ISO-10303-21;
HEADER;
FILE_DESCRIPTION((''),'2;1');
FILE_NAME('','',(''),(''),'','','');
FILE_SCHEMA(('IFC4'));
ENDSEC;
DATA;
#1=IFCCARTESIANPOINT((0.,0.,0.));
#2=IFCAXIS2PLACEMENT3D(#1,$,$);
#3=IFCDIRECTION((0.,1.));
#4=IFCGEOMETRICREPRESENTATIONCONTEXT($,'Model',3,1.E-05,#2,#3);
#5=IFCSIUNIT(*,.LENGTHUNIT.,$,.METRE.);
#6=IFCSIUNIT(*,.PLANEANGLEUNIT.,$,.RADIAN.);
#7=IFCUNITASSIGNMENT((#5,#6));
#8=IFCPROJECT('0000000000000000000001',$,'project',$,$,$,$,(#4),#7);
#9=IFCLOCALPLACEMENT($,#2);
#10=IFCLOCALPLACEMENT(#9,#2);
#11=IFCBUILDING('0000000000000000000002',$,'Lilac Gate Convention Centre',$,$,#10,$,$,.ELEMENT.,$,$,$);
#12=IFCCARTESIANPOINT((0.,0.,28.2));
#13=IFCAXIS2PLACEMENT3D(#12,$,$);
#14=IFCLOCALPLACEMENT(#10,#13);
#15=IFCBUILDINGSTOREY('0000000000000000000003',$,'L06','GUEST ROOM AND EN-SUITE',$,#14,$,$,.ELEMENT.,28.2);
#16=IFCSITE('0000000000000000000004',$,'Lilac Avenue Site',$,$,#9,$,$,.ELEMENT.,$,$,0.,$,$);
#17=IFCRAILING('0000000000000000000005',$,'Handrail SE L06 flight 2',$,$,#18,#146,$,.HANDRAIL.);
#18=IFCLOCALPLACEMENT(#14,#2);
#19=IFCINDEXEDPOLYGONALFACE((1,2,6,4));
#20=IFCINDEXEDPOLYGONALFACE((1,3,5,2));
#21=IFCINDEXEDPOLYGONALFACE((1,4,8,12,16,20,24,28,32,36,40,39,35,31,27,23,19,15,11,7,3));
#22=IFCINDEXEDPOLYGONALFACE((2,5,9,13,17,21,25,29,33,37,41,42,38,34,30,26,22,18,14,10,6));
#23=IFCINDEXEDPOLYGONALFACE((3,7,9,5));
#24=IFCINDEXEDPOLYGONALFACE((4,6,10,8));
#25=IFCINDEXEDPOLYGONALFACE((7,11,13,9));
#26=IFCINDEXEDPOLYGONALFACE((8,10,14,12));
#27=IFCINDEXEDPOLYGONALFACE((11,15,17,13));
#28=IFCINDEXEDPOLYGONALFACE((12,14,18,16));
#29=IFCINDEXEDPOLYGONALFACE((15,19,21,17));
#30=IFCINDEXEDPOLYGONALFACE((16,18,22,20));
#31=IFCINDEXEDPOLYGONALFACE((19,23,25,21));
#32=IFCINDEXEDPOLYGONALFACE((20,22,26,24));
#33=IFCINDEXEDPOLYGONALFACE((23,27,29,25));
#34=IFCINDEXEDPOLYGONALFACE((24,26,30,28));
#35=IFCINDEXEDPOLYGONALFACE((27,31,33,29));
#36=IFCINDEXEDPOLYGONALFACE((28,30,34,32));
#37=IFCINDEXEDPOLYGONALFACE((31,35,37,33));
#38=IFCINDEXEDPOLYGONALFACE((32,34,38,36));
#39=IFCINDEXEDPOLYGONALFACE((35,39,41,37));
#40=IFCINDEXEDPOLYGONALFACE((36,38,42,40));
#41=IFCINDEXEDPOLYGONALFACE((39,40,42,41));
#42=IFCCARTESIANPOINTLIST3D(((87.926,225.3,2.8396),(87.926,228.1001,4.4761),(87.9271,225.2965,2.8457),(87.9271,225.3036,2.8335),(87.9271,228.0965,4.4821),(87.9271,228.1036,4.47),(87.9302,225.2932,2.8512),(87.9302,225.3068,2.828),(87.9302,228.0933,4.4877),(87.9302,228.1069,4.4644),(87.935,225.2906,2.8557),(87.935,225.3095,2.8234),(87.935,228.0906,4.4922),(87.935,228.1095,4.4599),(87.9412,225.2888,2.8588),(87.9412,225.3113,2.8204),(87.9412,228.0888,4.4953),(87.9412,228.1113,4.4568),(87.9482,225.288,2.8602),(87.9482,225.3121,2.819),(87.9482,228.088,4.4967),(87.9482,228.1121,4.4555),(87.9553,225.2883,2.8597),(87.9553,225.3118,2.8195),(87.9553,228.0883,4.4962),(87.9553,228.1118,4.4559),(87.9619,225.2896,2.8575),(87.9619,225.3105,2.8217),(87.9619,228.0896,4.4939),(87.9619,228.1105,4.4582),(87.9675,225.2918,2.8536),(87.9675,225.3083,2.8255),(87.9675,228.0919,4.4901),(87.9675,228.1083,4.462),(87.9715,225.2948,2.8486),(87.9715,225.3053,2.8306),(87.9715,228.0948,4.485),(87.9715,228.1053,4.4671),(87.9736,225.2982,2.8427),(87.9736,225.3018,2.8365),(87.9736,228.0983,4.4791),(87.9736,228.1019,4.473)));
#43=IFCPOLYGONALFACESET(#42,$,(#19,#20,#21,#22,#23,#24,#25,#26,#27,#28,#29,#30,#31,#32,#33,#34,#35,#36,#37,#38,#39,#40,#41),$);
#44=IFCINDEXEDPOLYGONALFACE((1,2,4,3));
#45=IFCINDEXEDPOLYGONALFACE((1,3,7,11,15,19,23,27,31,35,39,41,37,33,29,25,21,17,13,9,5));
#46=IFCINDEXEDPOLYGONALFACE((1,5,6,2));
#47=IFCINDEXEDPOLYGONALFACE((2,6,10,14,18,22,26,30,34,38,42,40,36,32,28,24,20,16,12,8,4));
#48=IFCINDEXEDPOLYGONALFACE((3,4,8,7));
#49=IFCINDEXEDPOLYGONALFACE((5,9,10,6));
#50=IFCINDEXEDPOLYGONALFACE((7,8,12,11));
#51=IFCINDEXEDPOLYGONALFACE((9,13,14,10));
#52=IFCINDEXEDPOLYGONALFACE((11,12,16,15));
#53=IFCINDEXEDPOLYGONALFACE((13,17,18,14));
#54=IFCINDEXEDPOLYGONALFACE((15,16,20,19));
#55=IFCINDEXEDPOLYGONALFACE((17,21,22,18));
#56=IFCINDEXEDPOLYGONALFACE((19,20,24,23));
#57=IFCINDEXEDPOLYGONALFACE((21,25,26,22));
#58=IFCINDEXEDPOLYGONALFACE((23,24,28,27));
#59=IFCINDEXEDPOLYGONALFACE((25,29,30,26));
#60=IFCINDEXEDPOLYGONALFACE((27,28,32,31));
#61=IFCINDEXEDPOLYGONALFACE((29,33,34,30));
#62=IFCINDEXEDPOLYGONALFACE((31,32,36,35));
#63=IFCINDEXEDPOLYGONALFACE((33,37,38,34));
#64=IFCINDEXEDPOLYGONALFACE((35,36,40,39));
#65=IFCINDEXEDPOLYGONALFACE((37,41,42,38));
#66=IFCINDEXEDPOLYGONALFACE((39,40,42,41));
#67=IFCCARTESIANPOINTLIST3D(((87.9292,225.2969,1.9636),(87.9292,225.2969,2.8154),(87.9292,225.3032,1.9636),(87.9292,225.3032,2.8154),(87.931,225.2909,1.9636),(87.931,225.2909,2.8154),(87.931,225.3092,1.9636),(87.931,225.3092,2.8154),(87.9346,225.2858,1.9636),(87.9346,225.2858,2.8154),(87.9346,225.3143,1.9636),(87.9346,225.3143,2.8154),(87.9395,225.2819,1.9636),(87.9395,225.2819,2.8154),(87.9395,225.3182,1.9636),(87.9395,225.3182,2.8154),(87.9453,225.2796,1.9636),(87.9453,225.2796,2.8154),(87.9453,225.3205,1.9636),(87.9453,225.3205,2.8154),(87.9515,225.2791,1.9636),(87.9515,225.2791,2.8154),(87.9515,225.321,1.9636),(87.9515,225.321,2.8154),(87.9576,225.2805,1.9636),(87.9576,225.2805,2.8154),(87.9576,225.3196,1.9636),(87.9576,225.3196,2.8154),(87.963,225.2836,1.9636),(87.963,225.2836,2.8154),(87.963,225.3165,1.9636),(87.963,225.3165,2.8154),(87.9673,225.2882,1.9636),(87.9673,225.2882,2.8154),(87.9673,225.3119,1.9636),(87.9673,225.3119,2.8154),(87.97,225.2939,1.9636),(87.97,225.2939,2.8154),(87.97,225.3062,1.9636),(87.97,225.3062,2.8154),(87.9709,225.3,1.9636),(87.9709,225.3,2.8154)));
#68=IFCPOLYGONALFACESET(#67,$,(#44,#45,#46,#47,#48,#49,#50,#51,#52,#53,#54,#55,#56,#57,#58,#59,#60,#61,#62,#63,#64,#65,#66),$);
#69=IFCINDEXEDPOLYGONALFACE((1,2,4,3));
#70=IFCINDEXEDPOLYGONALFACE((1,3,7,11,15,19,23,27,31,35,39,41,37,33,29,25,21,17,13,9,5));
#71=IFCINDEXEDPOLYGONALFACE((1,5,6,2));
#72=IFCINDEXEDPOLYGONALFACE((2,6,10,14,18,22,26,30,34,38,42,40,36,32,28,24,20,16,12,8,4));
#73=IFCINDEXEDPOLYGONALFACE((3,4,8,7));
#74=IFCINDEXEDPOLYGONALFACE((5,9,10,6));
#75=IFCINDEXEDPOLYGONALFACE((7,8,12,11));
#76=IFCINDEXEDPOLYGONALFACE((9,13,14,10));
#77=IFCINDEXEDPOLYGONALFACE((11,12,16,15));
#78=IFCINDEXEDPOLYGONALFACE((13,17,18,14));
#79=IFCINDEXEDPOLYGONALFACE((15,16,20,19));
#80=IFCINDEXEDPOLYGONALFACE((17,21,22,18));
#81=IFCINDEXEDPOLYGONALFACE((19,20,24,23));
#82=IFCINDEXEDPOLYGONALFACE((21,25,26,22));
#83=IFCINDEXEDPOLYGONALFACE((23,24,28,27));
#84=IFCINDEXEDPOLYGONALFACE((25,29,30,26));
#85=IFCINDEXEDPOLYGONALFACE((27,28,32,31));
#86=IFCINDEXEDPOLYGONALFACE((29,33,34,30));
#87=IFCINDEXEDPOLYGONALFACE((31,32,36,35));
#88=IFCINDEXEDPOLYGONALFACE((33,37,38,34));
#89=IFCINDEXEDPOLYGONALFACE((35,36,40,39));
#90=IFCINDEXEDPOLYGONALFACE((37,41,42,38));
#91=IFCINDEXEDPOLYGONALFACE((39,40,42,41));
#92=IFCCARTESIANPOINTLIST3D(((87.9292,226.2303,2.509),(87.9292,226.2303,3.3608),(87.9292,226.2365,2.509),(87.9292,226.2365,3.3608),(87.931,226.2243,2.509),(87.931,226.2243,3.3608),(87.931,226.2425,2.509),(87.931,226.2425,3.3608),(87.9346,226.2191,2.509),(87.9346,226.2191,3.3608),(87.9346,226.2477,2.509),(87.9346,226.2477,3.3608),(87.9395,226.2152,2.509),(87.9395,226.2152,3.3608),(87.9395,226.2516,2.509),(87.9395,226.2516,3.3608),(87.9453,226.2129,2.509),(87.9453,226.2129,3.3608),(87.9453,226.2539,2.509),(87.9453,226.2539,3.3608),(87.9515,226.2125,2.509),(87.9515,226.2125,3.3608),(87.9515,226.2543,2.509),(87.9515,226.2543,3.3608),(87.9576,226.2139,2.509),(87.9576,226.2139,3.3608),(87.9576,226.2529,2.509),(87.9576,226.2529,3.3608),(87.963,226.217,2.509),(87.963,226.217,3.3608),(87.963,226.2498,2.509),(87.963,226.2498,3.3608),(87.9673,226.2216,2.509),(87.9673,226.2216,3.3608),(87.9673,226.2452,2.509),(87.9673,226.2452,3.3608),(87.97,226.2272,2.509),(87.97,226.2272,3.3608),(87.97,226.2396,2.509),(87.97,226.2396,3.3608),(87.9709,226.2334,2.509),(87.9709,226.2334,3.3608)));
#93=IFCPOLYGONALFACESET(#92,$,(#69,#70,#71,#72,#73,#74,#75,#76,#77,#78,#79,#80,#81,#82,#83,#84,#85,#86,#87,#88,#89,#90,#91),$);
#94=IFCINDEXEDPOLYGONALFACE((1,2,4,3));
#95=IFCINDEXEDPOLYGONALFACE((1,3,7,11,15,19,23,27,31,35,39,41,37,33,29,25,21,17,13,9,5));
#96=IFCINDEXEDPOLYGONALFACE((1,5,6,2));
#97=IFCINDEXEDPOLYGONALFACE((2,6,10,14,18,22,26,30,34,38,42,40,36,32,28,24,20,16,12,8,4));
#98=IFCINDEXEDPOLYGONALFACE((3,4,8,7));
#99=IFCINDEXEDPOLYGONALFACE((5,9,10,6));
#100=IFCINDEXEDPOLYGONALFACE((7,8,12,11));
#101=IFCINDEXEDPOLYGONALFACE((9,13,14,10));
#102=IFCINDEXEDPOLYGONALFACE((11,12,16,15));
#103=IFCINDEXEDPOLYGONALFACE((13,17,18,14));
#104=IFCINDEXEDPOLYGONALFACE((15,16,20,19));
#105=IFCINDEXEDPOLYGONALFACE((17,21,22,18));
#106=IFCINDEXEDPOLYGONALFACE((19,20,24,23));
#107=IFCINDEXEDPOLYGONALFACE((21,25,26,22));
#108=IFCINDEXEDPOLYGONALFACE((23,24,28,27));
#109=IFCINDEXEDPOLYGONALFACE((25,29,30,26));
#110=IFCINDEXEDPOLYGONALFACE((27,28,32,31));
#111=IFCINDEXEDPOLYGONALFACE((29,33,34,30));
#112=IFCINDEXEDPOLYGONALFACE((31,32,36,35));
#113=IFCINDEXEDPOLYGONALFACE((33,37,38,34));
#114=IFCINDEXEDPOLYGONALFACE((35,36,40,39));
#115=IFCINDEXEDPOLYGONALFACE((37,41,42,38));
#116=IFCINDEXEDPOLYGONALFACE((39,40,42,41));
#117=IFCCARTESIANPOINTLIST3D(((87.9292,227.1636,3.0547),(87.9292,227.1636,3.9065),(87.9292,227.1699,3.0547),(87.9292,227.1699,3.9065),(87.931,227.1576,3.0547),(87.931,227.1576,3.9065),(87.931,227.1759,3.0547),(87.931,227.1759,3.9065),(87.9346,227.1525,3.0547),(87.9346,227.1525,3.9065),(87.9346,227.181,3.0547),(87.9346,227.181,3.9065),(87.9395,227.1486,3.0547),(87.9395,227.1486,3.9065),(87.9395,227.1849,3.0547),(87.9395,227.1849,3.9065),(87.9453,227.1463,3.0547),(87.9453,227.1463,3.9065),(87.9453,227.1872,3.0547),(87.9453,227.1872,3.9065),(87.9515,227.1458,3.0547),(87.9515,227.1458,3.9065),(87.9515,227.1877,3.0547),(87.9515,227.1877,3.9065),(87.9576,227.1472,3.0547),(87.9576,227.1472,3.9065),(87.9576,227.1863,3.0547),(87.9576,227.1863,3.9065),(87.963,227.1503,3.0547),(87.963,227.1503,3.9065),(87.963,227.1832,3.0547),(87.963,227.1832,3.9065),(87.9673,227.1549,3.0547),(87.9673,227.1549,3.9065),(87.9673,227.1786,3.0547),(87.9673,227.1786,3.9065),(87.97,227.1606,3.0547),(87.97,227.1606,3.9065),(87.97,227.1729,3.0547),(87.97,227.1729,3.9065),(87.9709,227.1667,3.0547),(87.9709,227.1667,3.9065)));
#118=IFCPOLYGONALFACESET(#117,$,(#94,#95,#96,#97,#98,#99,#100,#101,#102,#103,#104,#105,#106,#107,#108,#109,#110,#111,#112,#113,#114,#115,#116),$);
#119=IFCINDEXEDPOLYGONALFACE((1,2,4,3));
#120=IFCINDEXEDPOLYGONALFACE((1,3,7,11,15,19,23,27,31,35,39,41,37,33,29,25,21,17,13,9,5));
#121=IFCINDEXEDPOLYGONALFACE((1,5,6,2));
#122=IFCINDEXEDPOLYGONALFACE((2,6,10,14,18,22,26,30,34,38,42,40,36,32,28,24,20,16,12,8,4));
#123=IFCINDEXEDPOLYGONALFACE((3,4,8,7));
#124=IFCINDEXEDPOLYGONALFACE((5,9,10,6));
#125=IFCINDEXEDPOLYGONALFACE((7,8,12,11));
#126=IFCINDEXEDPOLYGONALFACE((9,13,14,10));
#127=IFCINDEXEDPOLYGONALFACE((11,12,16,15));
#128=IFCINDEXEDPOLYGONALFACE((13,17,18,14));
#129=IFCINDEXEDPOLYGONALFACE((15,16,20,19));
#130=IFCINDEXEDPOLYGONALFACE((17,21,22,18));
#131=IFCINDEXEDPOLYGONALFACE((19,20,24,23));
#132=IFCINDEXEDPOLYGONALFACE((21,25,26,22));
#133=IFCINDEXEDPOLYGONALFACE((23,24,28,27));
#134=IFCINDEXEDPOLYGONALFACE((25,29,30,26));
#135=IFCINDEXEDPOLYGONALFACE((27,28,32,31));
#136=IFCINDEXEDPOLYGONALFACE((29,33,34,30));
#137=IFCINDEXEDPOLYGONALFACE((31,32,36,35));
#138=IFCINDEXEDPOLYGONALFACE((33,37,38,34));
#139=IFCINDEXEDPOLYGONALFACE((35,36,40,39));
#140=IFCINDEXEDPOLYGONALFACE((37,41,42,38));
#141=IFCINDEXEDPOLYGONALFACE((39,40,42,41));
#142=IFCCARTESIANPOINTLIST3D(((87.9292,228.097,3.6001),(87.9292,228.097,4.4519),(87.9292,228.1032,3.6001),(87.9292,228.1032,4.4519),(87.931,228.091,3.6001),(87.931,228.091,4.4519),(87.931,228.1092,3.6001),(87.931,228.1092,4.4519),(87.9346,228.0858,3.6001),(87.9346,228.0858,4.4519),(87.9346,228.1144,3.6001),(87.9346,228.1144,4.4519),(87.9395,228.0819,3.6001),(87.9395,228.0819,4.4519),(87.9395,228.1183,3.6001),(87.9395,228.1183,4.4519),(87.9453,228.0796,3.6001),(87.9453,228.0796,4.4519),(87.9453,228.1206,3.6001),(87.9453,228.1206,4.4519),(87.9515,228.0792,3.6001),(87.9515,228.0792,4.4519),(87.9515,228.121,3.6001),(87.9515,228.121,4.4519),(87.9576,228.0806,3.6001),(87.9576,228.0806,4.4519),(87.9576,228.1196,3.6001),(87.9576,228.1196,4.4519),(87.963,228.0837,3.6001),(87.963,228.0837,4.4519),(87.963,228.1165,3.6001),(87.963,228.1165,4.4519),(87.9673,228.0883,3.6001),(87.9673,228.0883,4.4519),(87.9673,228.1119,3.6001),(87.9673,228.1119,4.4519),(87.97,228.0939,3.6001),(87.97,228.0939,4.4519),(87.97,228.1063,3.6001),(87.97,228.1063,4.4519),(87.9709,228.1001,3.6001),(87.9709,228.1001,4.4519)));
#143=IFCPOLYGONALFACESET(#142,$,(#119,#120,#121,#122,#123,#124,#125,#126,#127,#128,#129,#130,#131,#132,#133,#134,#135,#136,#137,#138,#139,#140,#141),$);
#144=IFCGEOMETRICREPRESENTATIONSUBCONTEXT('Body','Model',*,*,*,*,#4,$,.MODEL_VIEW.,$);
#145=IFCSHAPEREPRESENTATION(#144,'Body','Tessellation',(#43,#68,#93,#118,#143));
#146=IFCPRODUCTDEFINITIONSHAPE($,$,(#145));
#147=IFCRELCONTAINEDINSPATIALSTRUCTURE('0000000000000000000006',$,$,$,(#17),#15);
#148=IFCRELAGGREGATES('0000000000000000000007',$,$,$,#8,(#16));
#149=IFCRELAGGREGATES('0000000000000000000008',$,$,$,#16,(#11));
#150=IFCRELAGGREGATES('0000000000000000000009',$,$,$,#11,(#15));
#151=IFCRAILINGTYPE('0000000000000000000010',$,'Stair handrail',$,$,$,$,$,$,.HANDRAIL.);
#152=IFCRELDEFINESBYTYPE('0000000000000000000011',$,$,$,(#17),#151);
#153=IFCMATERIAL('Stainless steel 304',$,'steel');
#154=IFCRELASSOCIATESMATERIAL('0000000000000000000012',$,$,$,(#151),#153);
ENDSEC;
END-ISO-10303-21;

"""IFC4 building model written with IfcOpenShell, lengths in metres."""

from ifc_helpers import new_model, si_unit, direction, frame, origin, origin_2d, place, context, subcontext, project, spatial, circle, extrude, material, type_object, element, save


model = new_model("IFC4")

# Units and contexts
model_context = context("Model", 3, precision=1e-05, world=origin(), true_north=direction((0.0, 1.0)))
body_context = subcontext(model_context, "Body", "Model", "MODEL_VIEW")
ifc_project = project(units=[si_unit("LENGTHUNIT", "METRE"), si_unit("PLANEANGLEUNIT", "RADIAN")], contexts=[model_context])

# Site, building, storey
site_placement = place(None, origin())
site = spatial("IfcSite", under=ifc_project, at=site_placement, Name="Lilac Avenue Site", CompositionType="ELEMENT", RefElevation=0.0)
building_placement = place(site_placement, origin())
building = spatial("IfcBuilding", under=site, at=building_placement, Name="Lilac Gate Convention Centre", CompositionType="ELEMENT")
storey_placement = place(building_placement, frame((0.0, 0.0, 28.2)))
storey = spatial("IfcBuildingStorey", under=building, at=storey_placement, Name="L06", Description="GUEST ROOM AND EN-SUITE", CompositionType="ELEMENT", Elevation=28.2)

# Railing
ifc_material_1 = material(Name="Stainless steel 304", Category="steel")
railing_type = type_object("IfcRailingType", Name="Stair handrail", PredefinedType="HANDRAIL", material=ifc_material_1)
for number, where, name in (
    (1, (87.95, 225.3, 1.9636), "Handrail SE L06 flight 2"),
):
    element("IfcRailing", number, at=place(storey_placement, frame(where)), inside=storey, type_object=railing_type, Name=name, PredefinedType="HANDRAIL", context=body_context, shape_type="SweptSolid", body=[
        extrude(circle(Radius=0.0239, at=origin_2d()), frame((0.0, 0.0, 0.876), z_axis=(0.0, 0.863361, 0.504587), x_axis=(-1.0, 0.0, 0.0)), (0.0, 0.0, 1.0), 3.2432),
        extrude(circle(Radius=0.021, at=origin_2d()), origin(), (0.0, 0.0, 1.0), 0.8518),
        extrude(circle(Radius=0.021, at=origin_2d()), frame((0.0, 0.9333, 0.5454)), (0.0, 0.0, 1.0), 0.8518),
        extrude(circle(Radius=0.021, at=origin_2d()), frame((0.0, 1.8667, 1.0911)), (0.0, 0.0, 1.0), 0.8518),
        extrude(circle(Radius=0.021, at=origin_2d()), frame((0.0, 2.8, 1.6365)), (0.0, 0.0, 1.0), 0.8518),
    ])

save(model, "model.ifc")
